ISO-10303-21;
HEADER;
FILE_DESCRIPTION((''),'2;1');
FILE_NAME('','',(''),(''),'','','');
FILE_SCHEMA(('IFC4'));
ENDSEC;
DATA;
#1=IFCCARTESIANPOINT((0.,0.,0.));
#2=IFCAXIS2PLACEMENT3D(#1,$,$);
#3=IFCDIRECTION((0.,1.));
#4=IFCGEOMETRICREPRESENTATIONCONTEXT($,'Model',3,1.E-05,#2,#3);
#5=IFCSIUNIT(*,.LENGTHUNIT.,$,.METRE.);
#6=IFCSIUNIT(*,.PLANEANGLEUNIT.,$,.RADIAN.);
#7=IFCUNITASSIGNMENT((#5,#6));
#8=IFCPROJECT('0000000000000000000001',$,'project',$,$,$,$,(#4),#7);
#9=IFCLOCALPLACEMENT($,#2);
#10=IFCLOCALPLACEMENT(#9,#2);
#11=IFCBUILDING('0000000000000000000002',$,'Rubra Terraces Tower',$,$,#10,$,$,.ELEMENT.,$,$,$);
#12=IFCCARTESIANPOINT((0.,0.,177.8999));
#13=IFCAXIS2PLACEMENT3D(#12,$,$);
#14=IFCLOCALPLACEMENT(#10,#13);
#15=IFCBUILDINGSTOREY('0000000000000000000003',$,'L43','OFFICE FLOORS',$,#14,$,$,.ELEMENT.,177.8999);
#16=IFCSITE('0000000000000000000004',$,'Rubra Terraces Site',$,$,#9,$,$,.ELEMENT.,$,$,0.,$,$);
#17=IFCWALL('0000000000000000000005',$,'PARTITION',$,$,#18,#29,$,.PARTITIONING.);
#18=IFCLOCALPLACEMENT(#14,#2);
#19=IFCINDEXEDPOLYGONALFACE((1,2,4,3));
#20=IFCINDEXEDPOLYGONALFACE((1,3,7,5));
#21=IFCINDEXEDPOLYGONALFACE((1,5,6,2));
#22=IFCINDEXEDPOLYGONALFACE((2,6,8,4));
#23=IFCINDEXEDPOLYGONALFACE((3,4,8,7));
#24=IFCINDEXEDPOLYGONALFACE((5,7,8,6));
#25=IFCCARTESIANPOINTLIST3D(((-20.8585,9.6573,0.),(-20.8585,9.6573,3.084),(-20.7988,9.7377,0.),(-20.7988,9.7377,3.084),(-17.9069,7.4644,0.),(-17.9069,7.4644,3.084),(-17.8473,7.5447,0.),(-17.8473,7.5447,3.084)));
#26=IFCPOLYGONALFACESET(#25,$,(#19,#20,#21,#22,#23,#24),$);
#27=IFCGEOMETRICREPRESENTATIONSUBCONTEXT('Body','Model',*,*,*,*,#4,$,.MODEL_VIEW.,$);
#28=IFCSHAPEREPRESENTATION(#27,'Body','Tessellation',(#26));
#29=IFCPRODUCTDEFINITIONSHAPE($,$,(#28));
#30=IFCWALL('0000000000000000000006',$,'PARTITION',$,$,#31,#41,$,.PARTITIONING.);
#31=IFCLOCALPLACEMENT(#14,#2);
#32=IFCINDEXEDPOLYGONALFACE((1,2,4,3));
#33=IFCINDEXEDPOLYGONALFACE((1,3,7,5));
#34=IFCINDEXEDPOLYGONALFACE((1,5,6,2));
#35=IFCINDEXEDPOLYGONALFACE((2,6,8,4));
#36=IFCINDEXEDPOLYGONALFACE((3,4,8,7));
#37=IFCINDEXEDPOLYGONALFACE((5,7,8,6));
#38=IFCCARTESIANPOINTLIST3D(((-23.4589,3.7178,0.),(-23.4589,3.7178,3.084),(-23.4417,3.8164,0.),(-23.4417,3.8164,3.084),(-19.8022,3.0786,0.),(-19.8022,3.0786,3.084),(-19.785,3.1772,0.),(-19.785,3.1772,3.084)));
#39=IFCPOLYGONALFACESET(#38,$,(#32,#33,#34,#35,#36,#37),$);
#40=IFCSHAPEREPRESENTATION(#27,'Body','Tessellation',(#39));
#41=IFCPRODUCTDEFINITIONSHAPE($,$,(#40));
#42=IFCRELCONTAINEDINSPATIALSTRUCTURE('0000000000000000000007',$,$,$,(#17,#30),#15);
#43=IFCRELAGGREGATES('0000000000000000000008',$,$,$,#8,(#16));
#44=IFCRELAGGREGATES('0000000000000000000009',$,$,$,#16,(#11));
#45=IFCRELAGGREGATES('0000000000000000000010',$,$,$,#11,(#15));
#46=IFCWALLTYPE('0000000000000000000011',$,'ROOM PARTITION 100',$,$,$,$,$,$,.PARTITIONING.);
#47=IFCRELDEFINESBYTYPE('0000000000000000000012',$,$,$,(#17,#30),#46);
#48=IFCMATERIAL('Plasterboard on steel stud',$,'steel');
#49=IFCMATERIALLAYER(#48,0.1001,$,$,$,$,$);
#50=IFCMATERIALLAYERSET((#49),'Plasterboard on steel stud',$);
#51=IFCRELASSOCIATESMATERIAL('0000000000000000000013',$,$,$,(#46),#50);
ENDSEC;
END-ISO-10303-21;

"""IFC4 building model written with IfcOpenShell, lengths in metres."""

from ifc_helpers import new_model, si_unit, direction, frame, frame_2d, origin, place, context, subcontext, project, spatial, rectangle, extrude, material, layer, layer_set, type_object, element, save


model = new_model("IFC4")

# Units and contexts
model_context = context("Model", 3, precision=1e-05, world=origin(), true_north=direction((0.0, 1.0)))
body_context = subcontext(model_context, "Body", "Model", "MODEL_VIEW")
ifc_project = project(units=[si_unit("LENGTHUNIT", "METRE"), si_unit("PLANEANGLEUNIT", "RADIAN")], contexts=[model_context])

# Site, building, storey
site_placement = place(None, origin())
site = spatial("IfcSite", under=ifc_project, at=site_placement, Name="Rubra Terraces Site", CompositionType="ELEMENT", RefElevation=0.0)
building_placement = place(site_placement, origin())
building = spatial("IfcBuilding", under=site, at=building_placement, Name="Rubra Terraces Tower", CompositionType="ELEMENT")
storey_placement = place(building_placement, frame((0.0, 0.0, 177.8999)))
storey = spatial("IfcBuildingStorey", under=building, at=storey_placement, Name="L43", Description="OFFICE FLOORS", CompositionType="ELEMENT", Elevation=177.8999)

# Shared definitions
ifc_material_1 = material(Name="Plasterboard on steel stud", Category="steel")
ifc_layer_1 = layer(ifc_material_1, 0.1001)
ifc_layer_set_1 = layer_set([ifc_layer_1], Name="Plasterboard on steel stud")
wall_type_1 = type_object("IfcWallType", Name="ROOM PARTITION 100", PredefinedType="PARTITIONING", material=ifc_layer_set_1)

# Walls
wall_1_placement = place(storey_placement, frame((-17.8772, 7.5046, 0.0), z_axis=(0.0, 0.0, 1.0), x_axis=(-0.802693, 0.596392, 0.0)))
element("IfcWall", 1, at=wall_1_placement, inside=storey, type_object=wall_type_1, Name="PARTITION", PredefinedType="PARTITIONING", context=body_context, shape_type="SweptSolid", body=[
    extrude(rectangle(XDim=3.677, YDim=0.1001, at=frame_2d((1.8384, 0.0))), origin(), (0.0, 0.0, 1.0), 3.084),
])
wall_2_placement = place(storey_placement, frame((-19.7937, 3.1279, 0.0), z_axis=(0.0, 0.0, 1.0), x_axis=(-0.985066, 0.172179, 0.0)))
element("IfcWall", 2, at=wall_2_placement, inside=storey, type_object=wall_type_1, Name="PARTITION", PredefinedType="PARTITIONING", context=body_context, shape_type="SweptSolid", body=[
    extrude(rectangle(XDim=3.7122, YDim=0.1001, at=frame_2d((1.856, 0.0))), origin(), (0.0, 0.0, 1.0), 3.084),
])

save(model, "model.ifc")
